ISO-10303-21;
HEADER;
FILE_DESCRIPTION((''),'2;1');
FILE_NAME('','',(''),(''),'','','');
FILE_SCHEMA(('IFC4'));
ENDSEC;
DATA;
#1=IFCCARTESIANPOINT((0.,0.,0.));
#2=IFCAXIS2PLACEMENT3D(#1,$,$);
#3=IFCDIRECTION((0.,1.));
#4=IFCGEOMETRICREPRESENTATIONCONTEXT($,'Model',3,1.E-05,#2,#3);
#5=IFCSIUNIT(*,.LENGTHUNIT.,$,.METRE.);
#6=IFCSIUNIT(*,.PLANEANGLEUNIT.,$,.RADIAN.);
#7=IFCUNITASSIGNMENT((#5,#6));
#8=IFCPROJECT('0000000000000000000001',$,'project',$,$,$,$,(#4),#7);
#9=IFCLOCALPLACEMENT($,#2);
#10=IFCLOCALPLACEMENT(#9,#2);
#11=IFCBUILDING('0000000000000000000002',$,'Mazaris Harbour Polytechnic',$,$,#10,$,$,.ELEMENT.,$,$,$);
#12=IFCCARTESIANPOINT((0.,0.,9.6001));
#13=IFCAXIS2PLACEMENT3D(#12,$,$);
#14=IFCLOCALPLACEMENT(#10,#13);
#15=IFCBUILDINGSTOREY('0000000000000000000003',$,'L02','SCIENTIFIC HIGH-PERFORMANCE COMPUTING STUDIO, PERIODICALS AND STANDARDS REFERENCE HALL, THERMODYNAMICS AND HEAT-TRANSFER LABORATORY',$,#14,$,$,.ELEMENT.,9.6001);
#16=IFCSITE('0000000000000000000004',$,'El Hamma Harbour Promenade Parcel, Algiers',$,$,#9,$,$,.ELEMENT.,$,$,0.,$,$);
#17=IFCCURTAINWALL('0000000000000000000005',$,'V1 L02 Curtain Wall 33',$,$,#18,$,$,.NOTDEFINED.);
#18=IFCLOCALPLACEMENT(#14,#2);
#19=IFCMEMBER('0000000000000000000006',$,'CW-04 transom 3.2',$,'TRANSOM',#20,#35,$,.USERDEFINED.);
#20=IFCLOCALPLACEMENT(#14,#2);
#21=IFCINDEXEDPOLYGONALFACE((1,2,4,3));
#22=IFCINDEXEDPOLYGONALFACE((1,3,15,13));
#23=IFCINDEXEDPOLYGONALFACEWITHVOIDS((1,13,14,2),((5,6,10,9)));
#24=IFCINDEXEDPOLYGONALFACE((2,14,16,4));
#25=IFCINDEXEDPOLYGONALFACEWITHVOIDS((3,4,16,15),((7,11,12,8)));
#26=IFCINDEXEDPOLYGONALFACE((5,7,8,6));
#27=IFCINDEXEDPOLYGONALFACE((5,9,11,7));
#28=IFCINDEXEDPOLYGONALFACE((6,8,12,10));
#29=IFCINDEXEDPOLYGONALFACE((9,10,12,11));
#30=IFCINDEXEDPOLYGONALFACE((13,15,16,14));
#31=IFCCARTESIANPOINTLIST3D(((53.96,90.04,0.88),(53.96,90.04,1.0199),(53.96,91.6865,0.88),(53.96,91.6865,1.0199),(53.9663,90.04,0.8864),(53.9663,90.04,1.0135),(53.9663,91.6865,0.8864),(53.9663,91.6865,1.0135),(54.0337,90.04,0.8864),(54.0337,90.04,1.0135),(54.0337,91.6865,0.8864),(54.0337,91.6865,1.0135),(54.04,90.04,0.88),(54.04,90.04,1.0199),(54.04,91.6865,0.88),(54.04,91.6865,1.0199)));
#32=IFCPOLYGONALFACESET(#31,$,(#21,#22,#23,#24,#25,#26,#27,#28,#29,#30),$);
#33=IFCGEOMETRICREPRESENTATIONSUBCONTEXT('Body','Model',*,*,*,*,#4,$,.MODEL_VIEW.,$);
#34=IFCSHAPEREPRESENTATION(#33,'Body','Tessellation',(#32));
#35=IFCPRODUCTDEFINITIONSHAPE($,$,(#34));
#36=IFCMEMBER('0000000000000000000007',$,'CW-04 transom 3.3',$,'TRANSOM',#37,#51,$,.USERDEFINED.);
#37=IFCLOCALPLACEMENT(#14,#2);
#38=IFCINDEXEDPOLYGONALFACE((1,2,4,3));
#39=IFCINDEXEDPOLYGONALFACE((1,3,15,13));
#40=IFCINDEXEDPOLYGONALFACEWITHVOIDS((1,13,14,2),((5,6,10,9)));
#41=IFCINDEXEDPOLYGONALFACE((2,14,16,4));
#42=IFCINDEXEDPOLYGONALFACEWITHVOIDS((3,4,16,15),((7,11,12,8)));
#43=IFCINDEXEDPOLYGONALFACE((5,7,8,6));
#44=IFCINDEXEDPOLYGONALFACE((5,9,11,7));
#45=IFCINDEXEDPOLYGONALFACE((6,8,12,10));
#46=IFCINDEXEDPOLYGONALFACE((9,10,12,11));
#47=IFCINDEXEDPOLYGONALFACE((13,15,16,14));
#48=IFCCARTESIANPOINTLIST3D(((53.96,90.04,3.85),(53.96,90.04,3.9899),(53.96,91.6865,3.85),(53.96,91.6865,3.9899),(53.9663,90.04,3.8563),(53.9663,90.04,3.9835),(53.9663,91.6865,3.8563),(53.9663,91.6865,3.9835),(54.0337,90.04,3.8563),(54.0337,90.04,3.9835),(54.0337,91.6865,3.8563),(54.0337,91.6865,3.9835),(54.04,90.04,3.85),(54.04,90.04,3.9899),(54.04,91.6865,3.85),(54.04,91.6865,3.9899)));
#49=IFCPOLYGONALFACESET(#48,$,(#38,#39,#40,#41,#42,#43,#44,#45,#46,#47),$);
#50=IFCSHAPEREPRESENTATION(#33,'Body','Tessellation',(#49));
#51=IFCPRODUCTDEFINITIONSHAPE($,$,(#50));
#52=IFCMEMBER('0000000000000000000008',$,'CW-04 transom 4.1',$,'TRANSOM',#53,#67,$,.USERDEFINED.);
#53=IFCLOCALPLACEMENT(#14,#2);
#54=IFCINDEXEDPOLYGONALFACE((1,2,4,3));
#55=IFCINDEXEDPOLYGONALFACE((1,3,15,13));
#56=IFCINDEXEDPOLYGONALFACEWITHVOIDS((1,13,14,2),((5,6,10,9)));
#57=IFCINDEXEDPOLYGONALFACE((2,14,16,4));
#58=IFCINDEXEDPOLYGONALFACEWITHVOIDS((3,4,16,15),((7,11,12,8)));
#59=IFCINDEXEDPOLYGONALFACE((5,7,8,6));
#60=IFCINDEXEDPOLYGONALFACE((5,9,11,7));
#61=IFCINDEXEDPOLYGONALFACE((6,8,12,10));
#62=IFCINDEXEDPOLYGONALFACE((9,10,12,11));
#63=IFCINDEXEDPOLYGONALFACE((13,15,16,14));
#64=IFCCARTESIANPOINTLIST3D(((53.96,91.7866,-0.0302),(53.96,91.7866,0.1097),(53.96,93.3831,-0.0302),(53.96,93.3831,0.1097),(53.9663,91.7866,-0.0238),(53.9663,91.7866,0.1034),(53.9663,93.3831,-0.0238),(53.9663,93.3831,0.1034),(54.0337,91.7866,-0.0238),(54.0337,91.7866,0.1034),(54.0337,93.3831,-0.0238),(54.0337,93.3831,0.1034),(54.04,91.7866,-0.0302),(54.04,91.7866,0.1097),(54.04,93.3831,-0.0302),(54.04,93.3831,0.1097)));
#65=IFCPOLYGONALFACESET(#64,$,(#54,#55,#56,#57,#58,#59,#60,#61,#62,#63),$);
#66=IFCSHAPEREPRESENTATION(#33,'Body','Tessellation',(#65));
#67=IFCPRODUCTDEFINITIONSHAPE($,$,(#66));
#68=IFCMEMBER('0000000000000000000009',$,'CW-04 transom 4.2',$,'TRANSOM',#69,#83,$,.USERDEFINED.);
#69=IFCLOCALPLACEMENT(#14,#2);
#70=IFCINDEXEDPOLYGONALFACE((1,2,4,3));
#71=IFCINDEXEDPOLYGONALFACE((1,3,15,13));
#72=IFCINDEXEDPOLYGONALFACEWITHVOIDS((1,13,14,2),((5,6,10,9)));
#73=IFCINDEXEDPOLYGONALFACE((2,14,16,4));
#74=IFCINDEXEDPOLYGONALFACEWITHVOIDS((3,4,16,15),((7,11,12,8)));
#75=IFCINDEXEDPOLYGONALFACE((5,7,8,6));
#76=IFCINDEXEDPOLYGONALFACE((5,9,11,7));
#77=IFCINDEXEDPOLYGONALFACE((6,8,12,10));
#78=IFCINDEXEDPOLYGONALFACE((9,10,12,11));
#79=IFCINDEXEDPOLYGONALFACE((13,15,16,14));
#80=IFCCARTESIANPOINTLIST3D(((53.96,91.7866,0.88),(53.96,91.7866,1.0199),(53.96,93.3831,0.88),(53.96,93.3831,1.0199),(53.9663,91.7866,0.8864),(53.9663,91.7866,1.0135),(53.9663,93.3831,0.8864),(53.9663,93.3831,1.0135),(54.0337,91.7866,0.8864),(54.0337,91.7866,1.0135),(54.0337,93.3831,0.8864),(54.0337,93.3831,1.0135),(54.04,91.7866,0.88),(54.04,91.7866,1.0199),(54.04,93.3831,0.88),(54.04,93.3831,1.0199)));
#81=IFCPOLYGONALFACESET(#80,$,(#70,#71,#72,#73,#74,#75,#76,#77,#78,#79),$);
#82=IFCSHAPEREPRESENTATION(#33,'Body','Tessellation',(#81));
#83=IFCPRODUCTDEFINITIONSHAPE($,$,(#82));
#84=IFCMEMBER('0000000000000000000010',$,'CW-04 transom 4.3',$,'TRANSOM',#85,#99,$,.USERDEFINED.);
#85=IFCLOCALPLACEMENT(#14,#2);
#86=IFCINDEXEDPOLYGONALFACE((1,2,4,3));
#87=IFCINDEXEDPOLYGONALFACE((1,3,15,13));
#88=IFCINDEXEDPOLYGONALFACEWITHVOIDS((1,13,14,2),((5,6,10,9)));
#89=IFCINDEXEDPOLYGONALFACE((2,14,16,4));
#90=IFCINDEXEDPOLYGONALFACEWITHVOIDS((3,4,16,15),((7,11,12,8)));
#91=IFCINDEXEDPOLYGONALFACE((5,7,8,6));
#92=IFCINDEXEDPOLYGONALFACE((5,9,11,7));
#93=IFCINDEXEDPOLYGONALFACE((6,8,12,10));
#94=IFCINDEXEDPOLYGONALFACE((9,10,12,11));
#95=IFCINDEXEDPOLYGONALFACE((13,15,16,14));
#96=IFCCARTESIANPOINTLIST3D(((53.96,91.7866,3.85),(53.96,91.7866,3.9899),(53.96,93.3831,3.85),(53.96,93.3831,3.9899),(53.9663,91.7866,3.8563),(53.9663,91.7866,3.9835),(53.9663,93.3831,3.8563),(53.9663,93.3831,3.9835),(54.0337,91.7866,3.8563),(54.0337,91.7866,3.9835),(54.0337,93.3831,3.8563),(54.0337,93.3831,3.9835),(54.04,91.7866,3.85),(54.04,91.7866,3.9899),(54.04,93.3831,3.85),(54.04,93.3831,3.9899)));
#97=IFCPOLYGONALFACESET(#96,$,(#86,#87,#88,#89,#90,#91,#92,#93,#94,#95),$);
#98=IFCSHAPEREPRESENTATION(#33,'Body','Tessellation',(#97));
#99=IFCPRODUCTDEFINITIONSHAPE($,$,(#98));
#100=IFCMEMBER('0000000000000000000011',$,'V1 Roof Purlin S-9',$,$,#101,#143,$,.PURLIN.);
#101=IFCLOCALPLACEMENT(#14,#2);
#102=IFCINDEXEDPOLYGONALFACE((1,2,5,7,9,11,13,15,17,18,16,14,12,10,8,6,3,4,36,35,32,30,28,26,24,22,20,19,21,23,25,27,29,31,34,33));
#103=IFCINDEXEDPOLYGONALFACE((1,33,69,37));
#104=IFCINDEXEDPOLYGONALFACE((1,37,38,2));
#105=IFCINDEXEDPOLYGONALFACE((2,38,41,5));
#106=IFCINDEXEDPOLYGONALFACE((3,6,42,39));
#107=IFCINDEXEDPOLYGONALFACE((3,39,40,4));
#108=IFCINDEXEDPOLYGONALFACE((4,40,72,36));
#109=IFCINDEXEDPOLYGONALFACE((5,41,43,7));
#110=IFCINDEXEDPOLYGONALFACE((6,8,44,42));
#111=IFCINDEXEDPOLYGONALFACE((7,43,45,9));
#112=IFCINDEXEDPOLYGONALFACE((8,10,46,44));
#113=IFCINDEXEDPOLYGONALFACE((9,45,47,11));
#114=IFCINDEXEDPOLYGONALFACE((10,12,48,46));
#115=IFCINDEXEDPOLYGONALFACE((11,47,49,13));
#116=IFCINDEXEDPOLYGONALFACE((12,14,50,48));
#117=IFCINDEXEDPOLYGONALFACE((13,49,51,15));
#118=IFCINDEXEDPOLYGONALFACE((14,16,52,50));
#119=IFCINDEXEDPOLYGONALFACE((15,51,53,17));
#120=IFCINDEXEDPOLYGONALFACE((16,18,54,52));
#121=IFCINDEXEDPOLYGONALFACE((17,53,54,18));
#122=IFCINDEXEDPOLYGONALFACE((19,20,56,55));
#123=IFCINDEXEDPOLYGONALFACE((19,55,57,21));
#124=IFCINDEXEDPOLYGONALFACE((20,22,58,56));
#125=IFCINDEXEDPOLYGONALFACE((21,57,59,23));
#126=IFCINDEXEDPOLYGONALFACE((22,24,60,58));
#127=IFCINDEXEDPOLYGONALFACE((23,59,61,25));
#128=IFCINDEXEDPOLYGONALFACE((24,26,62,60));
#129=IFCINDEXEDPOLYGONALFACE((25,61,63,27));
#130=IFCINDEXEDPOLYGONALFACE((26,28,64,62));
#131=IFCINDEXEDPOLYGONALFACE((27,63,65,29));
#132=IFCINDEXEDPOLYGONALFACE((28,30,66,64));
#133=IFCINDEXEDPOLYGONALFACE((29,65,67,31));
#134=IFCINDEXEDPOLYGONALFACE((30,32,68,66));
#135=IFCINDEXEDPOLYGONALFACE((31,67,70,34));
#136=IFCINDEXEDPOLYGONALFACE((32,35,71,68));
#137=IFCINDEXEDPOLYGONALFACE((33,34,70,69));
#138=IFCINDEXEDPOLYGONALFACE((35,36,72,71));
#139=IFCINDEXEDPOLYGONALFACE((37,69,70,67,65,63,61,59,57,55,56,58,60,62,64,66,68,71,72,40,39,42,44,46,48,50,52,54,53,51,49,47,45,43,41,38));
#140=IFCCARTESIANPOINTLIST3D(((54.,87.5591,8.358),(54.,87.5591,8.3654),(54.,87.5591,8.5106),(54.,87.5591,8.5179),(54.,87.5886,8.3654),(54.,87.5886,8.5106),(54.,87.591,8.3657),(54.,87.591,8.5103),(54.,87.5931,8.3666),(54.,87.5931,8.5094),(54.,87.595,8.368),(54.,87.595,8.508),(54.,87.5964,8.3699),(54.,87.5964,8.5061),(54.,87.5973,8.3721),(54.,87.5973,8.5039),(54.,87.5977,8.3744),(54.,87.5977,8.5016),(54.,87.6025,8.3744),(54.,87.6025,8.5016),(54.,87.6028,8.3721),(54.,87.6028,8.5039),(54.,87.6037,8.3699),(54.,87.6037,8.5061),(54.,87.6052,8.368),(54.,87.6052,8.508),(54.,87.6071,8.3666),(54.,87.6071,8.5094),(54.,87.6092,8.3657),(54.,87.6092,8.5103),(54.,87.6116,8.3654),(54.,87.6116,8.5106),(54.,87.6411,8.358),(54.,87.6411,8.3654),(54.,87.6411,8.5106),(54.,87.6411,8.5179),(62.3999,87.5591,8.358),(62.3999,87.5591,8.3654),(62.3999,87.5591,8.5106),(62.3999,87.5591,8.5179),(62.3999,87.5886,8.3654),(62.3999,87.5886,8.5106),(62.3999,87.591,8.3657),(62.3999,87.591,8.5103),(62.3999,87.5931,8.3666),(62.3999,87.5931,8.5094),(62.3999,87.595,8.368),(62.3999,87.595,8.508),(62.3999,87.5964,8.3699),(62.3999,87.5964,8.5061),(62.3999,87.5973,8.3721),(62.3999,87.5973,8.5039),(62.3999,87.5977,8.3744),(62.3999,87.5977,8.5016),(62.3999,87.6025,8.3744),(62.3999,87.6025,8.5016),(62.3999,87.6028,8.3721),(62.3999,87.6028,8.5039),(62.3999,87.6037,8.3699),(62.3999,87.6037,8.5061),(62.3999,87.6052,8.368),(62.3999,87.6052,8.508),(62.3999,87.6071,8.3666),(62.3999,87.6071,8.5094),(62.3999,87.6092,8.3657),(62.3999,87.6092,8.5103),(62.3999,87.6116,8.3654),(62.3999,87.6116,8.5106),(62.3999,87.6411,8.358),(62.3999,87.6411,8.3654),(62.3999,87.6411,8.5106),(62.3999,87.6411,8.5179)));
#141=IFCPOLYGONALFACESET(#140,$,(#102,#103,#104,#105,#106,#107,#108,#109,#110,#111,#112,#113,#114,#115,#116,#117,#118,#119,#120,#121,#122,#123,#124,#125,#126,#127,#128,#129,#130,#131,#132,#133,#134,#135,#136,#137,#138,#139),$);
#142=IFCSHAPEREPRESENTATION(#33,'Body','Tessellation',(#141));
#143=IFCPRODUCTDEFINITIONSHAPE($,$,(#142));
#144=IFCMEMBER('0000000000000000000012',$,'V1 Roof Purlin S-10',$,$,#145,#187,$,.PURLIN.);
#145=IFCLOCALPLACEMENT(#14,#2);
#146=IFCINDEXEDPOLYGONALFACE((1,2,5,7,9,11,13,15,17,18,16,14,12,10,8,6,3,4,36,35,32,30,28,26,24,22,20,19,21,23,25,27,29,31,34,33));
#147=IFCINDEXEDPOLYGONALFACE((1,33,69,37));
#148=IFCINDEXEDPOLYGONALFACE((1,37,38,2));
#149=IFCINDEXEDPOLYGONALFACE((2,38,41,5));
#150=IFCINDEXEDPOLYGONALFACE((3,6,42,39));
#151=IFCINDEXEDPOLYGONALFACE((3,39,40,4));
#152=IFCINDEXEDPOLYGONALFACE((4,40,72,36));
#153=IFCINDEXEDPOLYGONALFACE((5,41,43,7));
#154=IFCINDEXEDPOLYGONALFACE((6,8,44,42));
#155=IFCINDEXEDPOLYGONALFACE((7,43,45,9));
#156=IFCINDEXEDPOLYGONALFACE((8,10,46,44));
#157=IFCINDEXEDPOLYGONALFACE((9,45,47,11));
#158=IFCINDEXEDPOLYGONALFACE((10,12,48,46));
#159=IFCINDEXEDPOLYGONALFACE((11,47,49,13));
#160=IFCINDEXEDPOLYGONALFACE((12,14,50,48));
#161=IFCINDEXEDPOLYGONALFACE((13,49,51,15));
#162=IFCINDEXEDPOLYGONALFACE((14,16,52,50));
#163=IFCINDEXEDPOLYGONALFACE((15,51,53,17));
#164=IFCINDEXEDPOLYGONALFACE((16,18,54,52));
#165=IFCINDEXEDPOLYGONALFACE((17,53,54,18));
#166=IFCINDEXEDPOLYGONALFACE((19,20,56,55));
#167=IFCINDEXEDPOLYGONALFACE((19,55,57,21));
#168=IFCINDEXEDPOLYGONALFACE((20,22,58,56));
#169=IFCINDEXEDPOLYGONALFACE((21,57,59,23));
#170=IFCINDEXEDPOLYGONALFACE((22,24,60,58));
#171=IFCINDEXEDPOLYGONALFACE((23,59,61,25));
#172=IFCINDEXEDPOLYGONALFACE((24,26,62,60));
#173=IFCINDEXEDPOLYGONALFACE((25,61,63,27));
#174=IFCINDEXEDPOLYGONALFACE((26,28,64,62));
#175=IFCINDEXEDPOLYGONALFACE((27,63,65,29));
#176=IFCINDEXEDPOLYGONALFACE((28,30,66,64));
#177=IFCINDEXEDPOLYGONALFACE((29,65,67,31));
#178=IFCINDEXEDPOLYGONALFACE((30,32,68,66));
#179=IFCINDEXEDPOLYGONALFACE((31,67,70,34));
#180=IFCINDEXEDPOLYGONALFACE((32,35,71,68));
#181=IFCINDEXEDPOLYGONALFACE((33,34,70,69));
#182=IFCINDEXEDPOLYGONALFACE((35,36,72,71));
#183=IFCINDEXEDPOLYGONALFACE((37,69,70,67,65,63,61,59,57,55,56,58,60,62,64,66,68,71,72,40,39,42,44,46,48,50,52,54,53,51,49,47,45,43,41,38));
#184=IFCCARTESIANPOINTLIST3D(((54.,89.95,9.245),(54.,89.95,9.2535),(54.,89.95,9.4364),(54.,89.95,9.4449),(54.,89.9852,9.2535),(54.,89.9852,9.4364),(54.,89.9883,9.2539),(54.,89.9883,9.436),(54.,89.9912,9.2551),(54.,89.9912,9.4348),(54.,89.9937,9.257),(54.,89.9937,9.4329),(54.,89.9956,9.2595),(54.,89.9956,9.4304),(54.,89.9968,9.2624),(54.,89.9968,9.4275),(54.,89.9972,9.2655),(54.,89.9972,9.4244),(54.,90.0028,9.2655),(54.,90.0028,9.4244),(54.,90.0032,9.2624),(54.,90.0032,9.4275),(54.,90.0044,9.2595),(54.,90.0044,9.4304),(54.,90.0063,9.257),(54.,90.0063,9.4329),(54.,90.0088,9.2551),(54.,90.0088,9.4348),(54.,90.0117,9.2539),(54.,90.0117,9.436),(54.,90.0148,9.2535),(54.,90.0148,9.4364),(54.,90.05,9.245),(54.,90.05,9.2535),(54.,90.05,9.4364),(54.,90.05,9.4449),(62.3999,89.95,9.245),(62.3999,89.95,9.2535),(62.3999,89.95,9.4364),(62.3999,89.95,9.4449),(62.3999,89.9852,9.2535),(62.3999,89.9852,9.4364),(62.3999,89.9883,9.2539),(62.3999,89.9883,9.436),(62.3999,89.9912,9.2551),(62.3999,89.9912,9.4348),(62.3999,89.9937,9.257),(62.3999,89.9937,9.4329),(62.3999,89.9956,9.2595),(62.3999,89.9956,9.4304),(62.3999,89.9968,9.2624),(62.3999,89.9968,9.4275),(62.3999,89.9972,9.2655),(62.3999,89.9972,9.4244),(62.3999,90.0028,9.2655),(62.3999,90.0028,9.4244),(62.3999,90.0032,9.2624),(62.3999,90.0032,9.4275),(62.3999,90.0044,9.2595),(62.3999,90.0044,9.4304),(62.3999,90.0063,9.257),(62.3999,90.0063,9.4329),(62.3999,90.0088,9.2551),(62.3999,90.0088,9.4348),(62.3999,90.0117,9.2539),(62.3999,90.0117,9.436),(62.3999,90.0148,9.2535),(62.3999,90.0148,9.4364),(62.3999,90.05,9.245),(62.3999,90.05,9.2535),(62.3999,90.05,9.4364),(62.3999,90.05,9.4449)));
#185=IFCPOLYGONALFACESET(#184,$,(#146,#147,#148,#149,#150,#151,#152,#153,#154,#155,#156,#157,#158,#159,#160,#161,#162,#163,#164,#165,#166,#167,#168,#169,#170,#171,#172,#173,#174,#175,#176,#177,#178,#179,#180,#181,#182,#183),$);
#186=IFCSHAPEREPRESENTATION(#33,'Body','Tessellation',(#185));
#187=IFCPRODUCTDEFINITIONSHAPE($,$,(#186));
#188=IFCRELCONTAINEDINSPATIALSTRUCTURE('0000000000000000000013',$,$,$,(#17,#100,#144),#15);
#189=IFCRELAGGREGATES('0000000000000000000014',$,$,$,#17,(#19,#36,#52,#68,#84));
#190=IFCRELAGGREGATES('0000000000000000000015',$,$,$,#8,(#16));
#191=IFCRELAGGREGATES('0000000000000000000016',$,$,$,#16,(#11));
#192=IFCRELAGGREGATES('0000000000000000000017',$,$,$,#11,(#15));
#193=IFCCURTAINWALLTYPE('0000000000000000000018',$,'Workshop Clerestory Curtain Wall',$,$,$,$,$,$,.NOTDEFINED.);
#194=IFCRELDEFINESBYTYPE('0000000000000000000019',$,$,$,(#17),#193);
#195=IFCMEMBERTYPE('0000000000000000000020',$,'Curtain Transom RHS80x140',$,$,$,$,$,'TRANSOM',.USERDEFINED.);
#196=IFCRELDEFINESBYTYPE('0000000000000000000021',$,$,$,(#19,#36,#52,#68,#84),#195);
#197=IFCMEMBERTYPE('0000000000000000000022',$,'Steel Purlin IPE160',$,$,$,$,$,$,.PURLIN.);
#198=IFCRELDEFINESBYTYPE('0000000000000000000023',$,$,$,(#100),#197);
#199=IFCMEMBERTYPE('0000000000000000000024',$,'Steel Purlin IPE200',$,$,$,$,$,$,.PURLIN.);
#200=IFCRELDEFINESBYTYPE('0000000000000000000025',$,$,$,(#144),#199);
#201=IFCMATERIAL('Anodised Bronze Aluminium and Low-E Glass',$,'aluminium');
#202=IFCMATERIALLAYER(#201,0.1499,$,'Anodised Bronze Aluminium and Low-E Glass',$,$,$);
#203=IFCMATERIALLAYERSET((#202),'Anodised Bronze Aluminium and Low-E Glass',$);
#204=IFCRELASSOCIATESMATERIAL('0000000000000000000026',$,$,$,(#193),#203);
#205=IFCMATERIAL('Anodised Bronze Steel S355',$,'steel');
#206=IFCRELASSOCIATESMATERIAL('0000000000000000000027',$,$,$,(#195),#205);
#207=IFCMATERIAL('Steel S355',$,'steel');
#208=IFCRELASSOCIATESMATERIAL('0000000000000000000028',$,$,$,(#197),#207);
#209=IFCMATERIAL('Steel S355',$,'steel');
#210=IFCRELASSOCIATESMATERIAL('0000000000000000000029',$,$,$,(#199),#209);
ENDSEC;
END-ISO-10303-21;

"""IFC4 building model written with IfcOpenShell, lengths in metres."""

from ifc_helpers import new_model, si_unit, direction, frame, origin, origin_2d, place, context, subcontext, project, spatial, hollow_rectangle, i_section, extrude, material, layer, layer_set, material_profile, profile_set, type_object, element, aggregate, save


model = new_model("IFC4")

# Units and contexts
model_context = context("Model", 3, precision=1e-05, world=origin(), true_north=direction((0.0, 1.0)))
body_context = subcontext(model_context, "Body", "Model", "MODEL_VIEW")
ifc_project = project(units=[si_unit("LENGTHUNIT", "METRE"), si_unit("PLANEANGLEUNIT", "RADIAN")], contexts=[model_context])

# Site, building, storey
site_placement = place(None, origin())
site = spatial("IfcSite", under=ifc_project, at=site_placement, Name="El Hamma Harbour Promenade Parcel, Algiers", CompositionType="ELEMENT", RefElevation=0.0)
building_placement = place(site_placement, origin())
building = spatial("IfcBuilding", under=site, at=building_placement, Name="Mazaris Harbour Polytechnic", CompositionType="ELEMENT")
storey_placement = place(building_placement, frame((0.0, 0.0, 9.6001)))
storey = spatial("IfcBuildingStorey", under=building, at=storey_placement, Name="L02", Description="SCIENTIFIC HIGH-PERFORMANCE COMPUTING STUDIO, PERIODICALS AND STANDARDS REFERENCE HALL, THERMODYNAMICS AND HEAT-TRANSFER LABORATORY", CompositionType="ELEMENT", Elevation=9.6001)

# Curtain wall, members
ifc_material_1 = material(Name="Anodised Bronze Aluminium and Low-E Glass", Category="aluminium")
ifc_layer_1 = layer(ifc_material_1, 0.1499, Name="Anodised Bronze Aluminium and Low-E Glass")
ifc_layer_set_1 = layer_set([ifc_layer_1], Name="Anodised Bronze Aluminium and Low-E Glass")
curtain_wall_type = type_object("IfcCurtainWallType", Name="Workshop Clerestory Curtain Wall", PredefinedType="NOTDEFINED", material=ifc_layer_set_1)
curtain_wall_placement = place(storey_placement, origin())
curtain_wall = element("IfcCurtainWall", 1, at=curtain_wall_placement, inside=storey, type_object=curtain_wall_type, Name="V1 L02 Curtain Wall 33", PredefinedType="NOTDEFINED")
ifc_material_2 = material(Name="Anodised Bronze Steel S355", Category="steel")
ifc_material_profile_1 = material_profile(ifc_material_2, hollow_rectangle(XDim=0.0801, YDim=0.1399, WallThickness=0.0063, at=origin_2d()), Name="RHS 80x140x6.3")
ifc_profile_set_1 = profile_set([ifc_material_profile_1], Name="Anodised Bronze Steel S355")
member_type_1 = type_object("IfcMemberType", Name="Curtain Transom RHS80x140", ElementType="TRANSOM", PredefinedType="USERDEFINED", material=ifc_profile_set_1)
member_1_placement = place(storey_placement, frame((54.0, 90.04, 0.95), z_axis=(0.0, 1.0, 0.0), x_axis=(-1.0, 0.0, 0.0)))
member_1 = element("IfcMember", 2, at=member_1_placement, type_object=member_type_1, Name="CW-04 transom 3.2", ObjectType="TRANSOM", PredefinedType="USERDEFINED", context=body_context, shape_type="SweptSolid", body=[
    extrude(hollow_rectangle(XDim=0.0801, YDim=0.1399, WallThickness=0.0063, at=origin_2d()), origin(), (0.0, 0.0, 1.0), 1.6465),
])
member_2_placement = place(storey_placement, frame((54.0, 90.04, 3.9199), z_axis=(0.0, 1.0, 0.0), x_axis=(-1.0, 0.0, 0.0)))
member_2 = element("IfcMember", 3, at=member_2_placement, type_object=member_type_1, Name="CW-04 transom 3.3", ObjectType="TRANSOM", PredefinedType="USERDEFINED", context=body_context, shape_type="SweptSolid", body=[
    extrude(hollow_rectangle(XDim=0.0801, YDim=0.1399, WallThickness=0.0063, at=origin_2d()), origin(), (0.0, 0.0, 1.0), 1.6465),
])
member_3_placement = place(storey_placement, frame((54.0, 91.7866, 0.0398), z_axis=(0.0, 1.0, 0.0), x_axis=(-1.0, 0.0, 0.0)))
member_3 = element("IfcMember", 4, at=member_3_placement, type_object=member_type_1, Name="CW-04 transom 4.1", ObjectType="TRANSOM", PredefinedType="USERDEFINED", context=body_context, shape_type="SweptSolid", body=[
    extrude(hollow_rectangle(XDim=0.0801, YDim=0.1399, WallThickness=0.0063, at=origin_2d()), origin(), (0.0, 0.0, 1.0), 1.5964),
])
member_4_placement = place(storey_placement, frame((54.0, 91.7866, 0.95), z_axis=(0.0, 1.0, 0.0), x_axis=(-1.0, 0.0, 0.0)))
member_4 = element("IfcMember", 5, at=member_4_placement, type_object=member_type_1, Name="CW-04 transom 4.2", ObjectType="TRANSOM", PredefinedType="USERDEFINED", context=body_context, shape_type="SweptSolid", body=[
    extrude(hollow_rectangle(XDim=0.0801, YDim=0.1399, WallThickness=0.0063, at=origin_2d()), origin(), (0.0, 0.0, 1.0), 1.5964),
])
member_5_placement = place(storey_placement, frame((54.0, 91.7866, 3.9199), z_axis=(0.0, 1.0, 0.0), x_axis=(-1.0, 0.0, 0.0)))
member_5 = element("IfcMember", 6, at=member_5_placement, type_object=member_type_1, Name="CW-04 transom 4.3", ObjectType="TRANSOM", PredefinedType="USERDEFINED", context=body_context, shape_type="SweptSolid", body=[
    extrude(hollow_rectangle(XDim=0.0801, YDim=0.1399, WallThickness=0.0063, at=origin_2d()), origin(), (0.0, 0.0, 1.0), 1.5964),
])

# Members
ifc_material_3 = material(Name="Steel S355", Category="steel")
ifc_material_profile_2 = material_profile(ifc_material_3, i_section(OverallWidth=0.082, OverallDepth=0.1599, WebThickness=0.0049, FlangeThickness=0.0073, FilletRadius=0.009, at=origin_2d()), Name="IPE 160")
ifc_profile_set_2 = profile_set([ifc_material_profile_2], Name="Steel S355")
member_type_2 = type_object("IfcMemberType", Name="Steel Purlin IPE160", PredefinedType="PURLIN", material=ifc_profile_set_2)
member_6_placement = place(storey_placement, frame((54.0, 87.6001, 8.438), z_axis=(1.0, 0.0, 0.0), x_axis=(0.0, 1.0, 0.0)))
element("IfcMember", 7, at=member_6_placement, inside=storey, type_object=member_type_2, Name="V1 Roof Purlin S-9", PredefinedType="PURLIN", context=body_context, shape_type="SweptSolid", body=[
    extrude(i_section(OverallWidth=0.082, OverallDepth=0.1599, WebThickness=0.0049, FlangeThickness=0.0073, FilletRadius=0.009, at=origin_2d()), origin(), (0.0, 0.0, 1.0), 8.3999),
])
ifc_material_4 = material(Name="Steel S355", Category="steel")
ifc_material_profile_3 = material_profile(ifc_material_4, i_section(OverallWidth=0.1001, OverallDepth=0.2, WebThickness=0.0056, FlangeThickness=0.0085, FilletRadius=0.012, at=origin_2d()), Name="IPE 200")
ifc_profile_set_3 = profile_set([ifc_material_profile_3], Name="Steel S355")
member_type_3 = type_object("IfcMemberType", Name="Steel Purlin IPE200", PredefinedType="PURLIN", material=ifc_profile_set_3)
member_7_placement = place(storey_placement, frame((54.0, 90.0, 9.345), z_axis=(1.0, 0.0, 0.0), x_axis=(0.0, 1.0, 0.0)))
element("IfcMember", 8, at=member_7_placement, inside=storey, type_object=member_type_3, Name="V1 Roof Purlin S-10", PredefinedType="PURLIN", context=body_context, shape_type="SweptSolid", body=[
    extrude(i_section(OverallWidth=0.1001, OverallDepth=0.2, WebThickness=0.0056, FlangeThickness=0.0085, FilletRadius=0.012, at=origin_2d()), origin(), (0.0, 0.0, 1.0), 8.3999),
])

aggregate(curtain_wall, [member_1, member_2, member_3, member_4, member_5])

save(model, "model.ifc")
